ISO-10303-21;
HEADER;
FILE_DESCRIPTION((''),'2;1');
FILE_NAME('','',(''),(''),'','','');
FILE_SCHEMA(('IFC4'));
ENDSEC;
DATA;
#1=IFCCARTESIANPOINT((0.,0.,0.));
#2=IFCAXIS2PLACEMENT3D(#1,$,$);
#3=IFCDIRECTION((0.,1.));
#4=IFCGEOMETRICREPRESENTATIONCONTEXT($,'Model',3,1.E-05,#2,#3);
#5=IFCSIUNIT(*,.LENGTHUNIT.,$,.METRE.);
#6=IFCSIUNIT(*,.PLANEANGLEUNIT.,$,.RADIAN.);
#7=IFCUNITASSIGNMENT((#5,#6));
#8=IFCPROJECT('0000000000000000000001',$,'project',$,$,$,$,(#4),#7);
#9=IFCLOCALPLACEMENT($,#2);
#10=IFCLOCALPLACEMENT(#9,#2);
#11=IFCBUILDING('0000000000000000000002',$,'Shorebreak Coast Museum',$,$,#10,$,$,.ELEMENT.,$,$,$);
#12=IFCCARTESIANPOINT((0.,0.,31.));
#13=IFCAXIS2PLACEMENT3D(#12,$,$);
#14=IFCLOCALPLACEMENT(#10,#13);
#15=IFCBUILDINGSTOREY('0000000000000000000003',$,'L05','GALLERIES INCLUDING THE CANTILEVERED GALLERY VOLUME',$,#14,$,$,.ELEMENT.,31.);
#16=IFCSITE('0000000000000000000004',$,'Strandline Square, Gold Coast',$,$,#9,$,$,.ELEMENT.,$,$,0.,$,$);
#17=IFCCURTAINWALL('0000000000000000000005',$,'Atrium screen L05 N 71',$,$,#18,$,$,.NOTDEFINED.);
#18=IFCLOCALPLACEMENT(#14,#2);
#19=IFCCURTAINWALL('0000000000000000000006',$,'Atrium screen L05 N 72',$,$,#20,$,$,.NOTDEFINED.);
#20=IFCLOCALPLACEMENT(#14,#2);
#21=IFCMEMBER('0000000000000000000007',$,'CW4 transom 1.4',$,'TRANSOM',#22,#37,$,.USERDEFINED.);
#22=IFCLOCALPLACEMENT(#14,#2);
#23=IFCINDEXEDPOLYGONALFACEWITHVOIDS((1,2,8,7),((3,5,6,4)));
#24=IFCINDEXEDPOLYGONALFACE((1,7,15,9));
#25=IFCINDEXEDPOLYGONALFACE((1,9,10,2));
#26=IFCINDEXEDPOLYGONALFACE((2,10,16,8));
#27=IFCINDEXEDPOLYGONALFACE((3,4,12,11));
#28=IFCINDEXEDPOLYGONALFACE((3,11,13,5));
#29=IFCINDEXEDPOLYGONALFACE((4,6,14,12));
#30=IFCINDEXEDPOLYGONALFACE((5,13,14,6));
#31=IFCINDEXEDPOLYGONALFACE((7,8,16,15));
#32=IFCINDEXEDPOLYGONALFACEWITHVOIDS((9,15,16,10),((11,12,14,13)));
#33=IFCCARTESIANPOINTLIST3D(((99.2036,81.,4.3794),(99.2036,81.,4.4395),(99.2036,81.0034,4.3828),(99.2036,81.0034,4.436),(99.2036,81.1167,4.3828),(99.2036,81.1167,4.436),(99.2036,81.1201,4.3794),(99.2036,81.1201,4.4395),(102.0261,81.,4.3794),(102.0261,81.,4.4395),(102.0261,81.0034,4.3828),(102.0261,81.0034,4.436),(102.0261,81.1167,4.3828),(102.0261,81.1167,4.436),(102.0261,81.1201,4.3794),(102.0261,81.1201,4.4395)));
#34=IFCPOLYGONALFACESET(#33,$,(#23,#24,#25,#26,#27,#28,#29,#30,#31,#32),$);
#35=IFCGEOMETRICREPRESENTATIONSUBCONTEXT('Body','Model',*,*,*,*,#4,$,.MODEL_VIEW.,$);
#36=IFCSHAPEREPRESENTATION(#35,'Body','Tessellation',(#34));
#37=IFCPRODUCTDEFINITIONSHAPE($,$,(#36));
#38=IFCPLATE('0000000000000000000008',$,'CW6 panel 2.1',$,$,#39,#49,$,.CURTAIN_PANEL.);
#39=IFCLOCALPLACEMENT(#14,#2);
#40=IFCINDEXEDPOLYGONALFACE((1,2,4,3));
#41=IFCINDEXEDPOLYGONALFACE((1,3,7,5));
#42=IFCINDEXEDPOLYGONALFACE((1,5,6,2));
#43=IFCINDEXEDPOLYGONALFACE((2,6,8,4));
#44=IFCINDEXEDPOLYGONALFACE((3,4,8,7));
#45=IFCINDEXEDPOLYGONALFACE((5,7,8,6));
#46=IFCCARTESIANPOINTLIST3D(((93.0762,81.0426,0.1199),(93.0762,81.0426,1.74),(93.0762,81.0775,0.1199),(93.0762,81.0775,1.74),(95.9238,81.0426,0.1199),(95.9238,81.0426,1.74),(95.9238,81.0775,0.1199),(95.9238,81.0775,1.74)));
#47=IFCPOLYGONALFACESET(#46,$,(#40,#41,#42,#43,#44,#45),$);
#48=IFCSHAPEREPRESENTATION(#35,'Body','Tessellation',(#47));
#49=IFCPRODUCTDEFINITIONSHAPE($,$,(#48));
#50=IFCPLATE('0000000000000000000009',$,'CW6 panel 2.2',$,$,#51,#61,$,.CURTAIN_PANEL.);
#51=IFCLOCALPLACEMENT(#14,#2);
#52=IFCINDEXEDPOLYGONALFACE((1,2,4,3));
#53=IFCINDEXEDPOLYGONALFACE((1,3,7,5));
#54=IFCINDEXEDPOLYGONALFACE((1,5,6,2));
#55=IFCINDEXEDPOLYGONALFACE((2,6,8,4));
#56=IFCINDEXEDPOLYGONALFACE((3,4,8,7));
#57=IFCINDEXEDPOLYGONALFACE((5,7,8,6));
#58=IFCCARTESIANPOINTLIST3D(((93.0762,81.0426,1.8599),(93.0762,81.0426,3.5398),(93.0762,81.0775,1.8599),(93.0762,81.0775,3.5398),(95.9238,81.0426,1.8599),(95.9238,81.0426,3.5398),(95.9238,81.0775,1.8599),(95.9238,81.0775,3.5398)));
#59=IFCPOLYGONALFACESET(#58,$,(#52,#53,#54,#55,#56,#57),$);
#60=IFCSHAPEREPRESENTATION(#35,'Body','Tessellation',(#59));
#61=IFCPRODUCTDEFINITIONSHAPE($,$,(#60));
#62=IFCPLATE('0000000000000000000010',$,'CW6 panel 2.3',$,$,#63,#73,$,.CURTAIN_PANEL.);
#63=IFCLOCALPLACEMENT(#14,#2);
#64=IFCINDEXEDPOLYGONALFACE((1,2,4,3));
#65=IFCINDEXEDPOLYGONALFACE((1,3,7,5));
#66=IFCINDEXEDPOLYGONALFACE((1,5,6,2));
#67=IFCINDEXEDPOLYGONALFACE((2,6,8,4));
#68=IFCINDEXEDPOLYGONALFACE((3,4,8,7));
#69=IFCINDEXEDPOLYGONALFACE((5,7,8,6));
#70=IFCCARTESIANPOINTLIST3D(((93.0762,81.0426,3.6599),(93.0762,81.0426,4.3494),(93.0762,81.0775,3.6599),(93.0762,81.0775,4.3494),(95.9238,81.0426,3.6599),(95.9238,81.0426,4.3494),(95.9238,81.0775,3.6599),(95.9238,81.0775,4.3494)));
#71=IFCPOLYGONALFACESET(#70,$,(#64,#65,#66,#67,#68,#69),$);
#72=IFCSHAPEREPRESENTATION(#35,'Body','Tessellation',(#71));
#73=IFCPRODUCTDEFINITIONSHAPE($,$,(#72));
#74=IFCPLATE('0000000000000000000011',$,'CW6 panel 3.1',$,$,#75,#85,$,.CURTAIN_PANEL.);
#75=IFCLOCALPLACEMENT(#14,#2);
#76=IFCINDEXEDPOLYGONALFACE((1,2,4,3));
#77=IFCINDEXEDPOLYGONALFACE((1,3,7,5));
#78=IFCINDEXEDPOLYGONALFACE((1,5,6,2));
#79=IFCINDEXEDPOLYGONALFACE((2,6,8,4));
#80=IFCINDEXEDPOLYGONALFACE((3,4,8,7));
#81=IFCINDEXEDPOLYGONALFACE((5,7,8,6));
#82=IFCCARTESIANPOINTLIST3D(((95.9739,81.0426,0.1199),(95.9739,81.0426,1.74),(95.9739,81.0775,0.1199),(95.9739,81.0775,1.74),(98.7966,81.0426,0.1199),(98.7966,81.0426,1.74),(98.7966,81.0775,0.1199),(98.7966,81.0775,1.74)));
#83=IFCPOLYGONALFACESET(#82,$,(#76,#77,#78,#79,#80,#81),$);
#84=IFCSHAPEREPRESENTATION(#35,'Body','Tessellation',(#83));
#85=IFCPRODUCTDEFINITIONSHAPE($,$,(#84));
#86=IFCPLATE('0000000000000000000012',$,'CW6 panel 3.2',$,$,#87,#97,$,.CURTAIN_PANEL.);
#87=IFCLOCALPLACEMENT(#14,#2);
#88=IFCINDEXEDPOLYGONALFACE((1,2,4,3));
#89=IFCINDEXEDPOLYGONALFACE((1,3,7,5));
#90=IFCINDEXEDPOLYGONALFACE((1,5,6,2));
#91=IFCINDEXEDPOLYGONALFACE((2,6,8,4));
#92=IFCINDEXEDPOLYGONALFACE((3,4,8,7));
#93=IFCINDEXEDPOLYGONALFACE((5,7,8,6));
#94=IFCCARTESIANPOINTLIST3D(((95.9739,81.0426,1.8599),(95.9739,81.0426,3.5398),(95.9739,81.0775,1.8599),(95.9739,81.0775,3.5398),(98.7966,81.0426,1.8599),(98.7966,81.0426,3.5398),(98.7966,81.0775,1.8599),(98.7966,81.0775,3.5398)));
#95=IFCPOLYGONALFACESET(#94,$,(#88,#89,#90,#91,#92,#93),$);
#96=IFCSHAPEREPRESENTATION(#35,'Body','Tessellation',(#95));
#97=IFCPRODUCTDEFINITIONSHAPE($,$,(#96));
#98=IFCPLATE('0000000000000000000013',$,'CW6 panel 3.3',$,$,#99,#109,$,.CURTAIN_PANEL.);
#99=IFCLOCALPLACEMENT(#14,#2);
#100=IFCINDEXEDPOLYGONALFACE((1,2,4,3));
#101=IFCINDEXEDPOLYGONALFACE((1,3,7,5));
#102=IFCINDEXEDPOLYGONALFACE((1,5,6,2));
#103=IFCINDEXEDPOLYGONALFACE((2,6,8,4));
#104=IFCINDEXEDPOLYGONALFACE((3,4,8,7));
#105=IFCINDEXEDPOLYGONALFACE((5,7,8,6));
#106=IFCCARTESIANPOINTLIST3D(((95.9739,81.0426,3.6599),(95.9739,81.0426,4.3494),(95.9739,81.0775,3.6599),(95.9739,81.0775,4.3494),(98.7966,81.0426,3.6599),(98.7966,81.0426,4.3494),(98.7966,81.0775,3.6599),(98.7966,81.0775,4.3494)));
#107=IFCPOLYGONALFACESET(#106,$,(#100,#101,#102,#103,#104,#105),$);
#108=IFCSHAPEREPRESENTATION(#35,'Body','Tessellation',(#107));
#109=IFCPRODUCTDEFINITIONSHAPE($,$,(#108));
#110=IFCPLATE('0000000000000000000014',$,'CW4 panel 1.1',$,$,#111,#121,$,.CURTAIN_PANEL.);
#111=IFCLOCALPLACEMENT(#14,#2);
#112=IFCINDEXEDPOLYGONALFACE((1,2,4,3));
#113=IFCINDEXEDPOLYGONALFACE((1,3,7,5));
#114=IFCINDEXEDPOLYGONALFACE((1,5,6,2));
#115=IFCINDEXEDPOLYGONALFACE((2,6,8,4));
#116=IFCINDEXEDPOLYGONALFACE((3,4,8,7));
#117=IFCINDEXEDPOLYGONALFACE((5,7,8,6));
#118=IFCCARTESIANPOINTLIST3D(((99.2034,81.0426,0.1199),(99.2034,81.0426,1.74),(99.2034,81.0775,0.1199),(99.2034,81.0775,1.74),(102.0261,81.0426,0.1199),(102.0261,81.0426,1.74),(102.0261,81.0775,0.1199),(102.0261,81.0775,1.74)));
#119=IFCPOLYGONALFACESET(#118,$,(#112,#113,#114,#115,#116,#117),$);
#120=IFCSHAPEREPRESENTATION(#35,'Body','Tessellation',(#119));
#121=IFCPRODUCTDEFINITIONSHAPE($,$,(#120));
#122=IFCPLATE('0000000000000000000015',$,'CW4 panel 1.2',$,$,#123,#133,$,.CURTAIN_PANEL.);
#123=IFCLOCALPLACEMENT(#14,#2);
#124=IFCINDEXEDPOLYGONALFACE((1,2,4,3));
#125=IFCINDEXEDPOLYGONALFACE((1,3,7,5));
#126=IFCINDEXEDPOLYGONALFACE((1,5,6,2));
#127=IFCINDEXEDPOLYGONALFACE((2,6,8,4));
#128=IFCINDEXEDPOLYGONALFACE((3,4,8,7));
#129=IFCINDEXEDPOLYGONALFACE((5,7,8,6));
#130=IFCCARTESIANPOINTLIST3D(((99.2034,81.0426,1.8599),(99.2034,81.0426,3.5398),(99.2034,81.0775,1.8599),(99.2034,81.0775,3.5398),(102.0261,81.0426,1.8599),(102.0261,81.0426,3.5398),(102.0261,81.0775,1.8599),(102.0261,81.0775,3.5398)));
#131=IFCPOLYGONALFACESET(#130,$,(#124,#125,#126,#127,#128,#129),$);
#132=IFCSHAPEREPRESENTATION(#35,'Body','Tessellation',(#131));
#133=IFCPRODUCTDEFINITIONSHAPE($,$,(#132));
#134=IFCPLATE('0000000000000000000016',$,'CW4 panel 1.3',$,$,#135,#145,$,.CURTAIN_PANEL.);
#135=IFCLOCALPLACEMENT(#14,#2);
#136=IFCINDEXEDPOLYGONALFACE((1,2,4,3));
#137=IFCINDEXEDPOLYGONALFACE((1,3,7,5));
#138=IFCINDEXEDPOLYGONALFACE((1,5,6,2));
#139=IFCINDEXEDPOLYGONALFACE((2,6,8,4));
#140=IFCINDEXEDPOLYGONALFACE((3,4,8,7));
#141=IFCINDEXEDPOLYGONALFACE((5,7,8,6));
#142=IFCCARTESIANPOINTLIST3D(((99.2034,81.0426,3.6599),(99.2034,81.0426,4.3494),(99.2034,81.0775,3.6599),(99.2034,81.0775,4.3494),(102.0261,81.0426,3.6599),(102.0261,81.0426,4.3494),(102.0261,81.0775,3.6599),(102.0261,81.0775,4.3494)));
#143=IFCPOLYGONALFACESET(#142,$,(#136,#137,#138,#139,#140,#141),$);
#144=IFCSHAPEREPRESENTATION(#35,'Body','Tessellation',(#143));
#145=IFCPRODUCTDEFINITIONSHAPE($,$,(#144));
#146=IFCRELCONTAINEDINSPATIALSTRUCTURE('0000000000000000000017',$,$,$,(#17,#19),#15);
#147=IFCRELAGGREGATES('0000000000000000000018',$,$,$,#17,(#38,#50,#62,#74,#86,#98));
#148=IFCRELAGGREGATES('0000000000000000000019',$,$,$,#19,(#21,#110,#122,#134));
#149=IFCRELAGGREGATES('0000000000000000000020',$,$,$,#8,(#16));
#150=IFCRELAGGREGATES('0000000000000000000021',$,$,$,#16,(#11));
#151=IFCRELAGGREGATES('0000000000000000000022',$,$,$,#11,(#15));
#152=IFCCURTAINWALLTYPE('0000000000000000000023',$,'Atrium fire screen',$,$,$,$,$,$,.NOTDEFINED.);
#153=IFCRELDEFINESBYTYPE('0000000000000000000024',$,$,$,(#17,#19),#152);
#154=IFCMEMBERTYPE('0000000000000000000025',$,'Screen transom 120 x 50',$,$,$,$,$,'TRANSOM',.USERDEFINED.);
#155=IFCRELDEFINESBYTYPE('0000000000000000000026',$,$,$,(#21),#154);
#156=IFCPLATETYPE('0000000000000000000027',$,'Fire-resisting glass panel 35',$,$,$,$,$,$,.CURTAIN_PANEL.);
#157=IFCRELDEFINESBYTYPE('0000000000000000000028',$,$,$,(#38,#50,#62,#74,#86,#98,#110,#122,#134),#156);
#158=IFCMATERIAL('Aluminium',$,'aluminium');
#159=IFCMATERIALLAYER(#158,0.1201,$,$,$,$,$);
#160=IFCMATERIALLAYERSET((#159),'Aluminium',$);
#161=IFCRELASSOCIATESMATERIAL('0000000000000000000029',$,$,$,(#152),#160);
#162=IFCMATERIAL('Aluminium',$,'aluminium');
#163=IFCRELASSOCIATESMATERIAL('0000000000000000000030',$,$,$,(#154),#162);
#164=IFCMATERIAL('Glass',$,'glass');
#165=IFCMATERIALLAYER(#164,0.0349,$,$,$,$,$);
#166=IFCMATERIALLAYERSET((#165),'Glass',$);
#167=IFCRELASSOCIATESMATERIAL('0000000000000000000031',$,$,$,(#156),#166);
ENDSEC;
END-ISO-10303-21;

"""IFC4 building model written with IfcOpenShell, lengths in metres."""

from ifc_helpers import new_model, si_unit, direction, frame, origin, origin_2d, place, context, subcontext, project, spatial, rectangle, hollow_rectangle, extrude, material, layer, layer_set, material_profile, profile_set, type_object, element, aggregate, save


model = new_model("IFC4")

# Units and contexts
model_context = context("Model", 3, precision=1e-05, world=origin(), true_north=direction((0.0, 1.0)))
body_context = subcontext(model_context, "Body", "Model", "MODEL_VIEW")
ifc_project = project(units=[si_unit("LENGTHUNIT", "METRE"), si_unit("PLANEANGLEUNIT", "RADIAN")], contexts=[model_context])

# Site, building, storey
site_placement = place(None, origin())
site = spatial("IfcSite", under=ifc_project, at=site_placement, Name="Strandline Square, Gold Coast", CompositionType="ELEMENT", RefElevation=0.0)
building_placement = place(site_placement, origin())
building = spatial("IfcBuilding", under=site, at=building_placement, Name="Shorebreak Coast Museum", CompositionType="ELEMENT")
storey_placement = place(building_placement, frame((0.0, 0.0, 31.0)))
storey = spatial("IfcBuildingStorey", under=building, at=storey_placement, Name="L05", Description="GALLERIES INCLUDING THE CANTILEVERED GALLERY VOLUME", CompositionType="ELEMENT", Elevation=31.0)

# Curtain walls
ifc_material_1 = material(Name="Aluminium", Category="aluminium")
ifc_layer_1 = layer(ifc_material_1, 0.1201)
ifc_layer_set_1 = layer_set([ifc_layer_1], Name="Aluminium")
curtain_wall_type = type_object("IfcCurtainWallType", Name="Atrium fire screen", PredefinedType="NOTDEFINED", material=ifc_layer_set_1)
curtain_wall_1_placement = place(storey_placement, origin())
curtain_wall_1 = element("IfcCurtainWall", 1, at=curtain_wall_1_placement, inside=storey, type_object=curtain_wall_type, Name="Atrium screen L05 N 71", PredefinedType="NOTDEFINED")
curtain_wall_2_placement = place(storey_placement, origin())
curtain_wall_2 = element("IfcCurtainWall", 2, at=curtain_wall_2_placement, inside=storey, type_object=curtain_wall_type, Name="Atrium screen L05 N 72", PredefinedType="NOTDEFINED")

# Member
ifc_material_2 = material(Name="Aluminium", Category="aluminium")
ifc_material_profile_1 = material_profile(ifc_material_2, hollow_rectangle(XDim=0.1201, YDim=0.0601, WallThickness=0.0034, at=origin_2d()), Name="AL 60x120 RHS")
ifc_profile_set_1 = profile_set([ifc_material_profile_1], Name="Aluminium")
member_type_1 = type_object("IfcMemberType", Name="Screen transom 120 x 50", ElementType="TRANSOM", PredefinedType="USERDEFINED", material=ifc_profile_set_1)
member_1_placement = place(storey_placement, frame((99.2036, 81.0601, 4.4094), z_axis=(1.0, 0.0, 0.0), x_axis=(0.0, 1.0, 0.0)))
member_1 = element("IfcMember", 3, at=member_1_placement, type_object=member_type_1, Name="CW4 transom 1.4", ObjectType="TRANSOM", PredefinedType="USERDEFINED", context=body_context, shape_type="SweptSolid", body=[
    extrude(hollow_rectangle(XDim=0.1201, YDim=0.0601, WallThickness=0.0034, at=origin_2d()), origin(), (0.0, 0.0, 1.0), 2.8225),
])

# Plates
ifc_material_3 = material(Name="Glass", Category="glass")
ifc_layer_2 = layer(ifc_material_3, 0.0349)
ifc_layer_set_2 = layer_set([ifc_layer_2], Name="Glass")
plate_type = type_object("IfcPlateType", Name="Fire-resisting glass panel 35", PredefinedType="CURTAIN_PANEL", material=ifc_layer_set_2)
plate_1_placement = place(storey_placement, frame((94.5, 81.0601, 0.1199), z_axis=(0.0, 0.0, 1.0), x_axis=(1.0, 0.0, 0.0)))
plate_1 = element("IfcPlate", 4, at=plate_1_placement, type_object=plate_type, Name="CW6 panel 2.1", PredefinedType="CURTAIN_PANEL", context=body_context, shape_type="SweptSolid", body=[
    extrude(rectangle(XDim=2.8477, YDim=0.0349, at=origin_2d()), origin(), (0.0, 0.0, 1.0), 1.6201),
])
plate_2_placement = place(storey_placement, frame((94.5, 81.0601, 1.8599), z_axis=(0.0, 0.0, 1.0), x_axis=(1.0, 0.0, 0.0)))
plate_2 = element("IfcPlate", 5, at=plate_2_placement, type_object=plate_type, Name="CW6 panel 2.2", PredefinedType="CURTAIN_PANEL", context=body_context, shape_type="SweptSolid", body=[
    extrude(rectangle(XDim=2.8477, YDim=0.0349, at=origin_2d()), origin(), (0.0, 0.0, 1.0), 1.6799),
])
plate_3_placement = place(storey_placement, frame((94.5, 81.0601, 3.6599), z_axis=(0.0, 0.0, 1.0), x_axis=(1.0, 0.0, 0.0)))
plate_3 = element("IfcPlate", 6, at=plate_3_placement, type_object=plate_type, Name="CW6 panel 2.3", PredefinedType="CURTAIN_PANEL", context=body_context, shape_type="SweptSolid", body=[
    extrude(rectangle(XDim=2.8477, YDim=0.0349, at=origin_2d()), origin(), (0.0, 0.0, 1.0), 0.6895),
])
plate_4_placement = place(storey_placement, frame((97.3853, 81.0601, 0.1199), z_axis=(0.0, 0.0, 1.0), x_axis=(1.0, 0.0, 0.0)))
plate_4 = element("IfcPlate", 7, at=plate_4_placement, type_object=plate_type, Name="CW6 panel 3.1", PredefinedType="CURTAIN_PANEL", context=body_context, shape_type="SweptSolid", body=[
    extrude(rectangle(XDim=2.8228, YDim=0.0349, at=origin_2d()), origin(), (0.0, 0.0, 1.0), 1.6201),
])
plate_5_placement = place(storey_placement, frame((97.3853, 81.0601, 1.8599), z_axis=(0.0, 0.0, 1.0), x_axis=(1.0, 0.0, 0.0)))
plate_5 = element("IfcPlate", 8, at=plate_5_placement, type_object=plate_type, Name="CW6 panel 3.2", PredefinedType="CURTAIN_PANEL", context=body_context, shape_type="SweptSolid", body=[
    extrude(rectangle(XDim=2.8228, YDim=0.0349, at=origin_2d()), origin(), (0.0, 0.0, 1.0), 1.6799),
])
plate_6_placement = place(storey_placement, frame((97.3853, 81.0601, 3.6599), z_axis=(0.0, 0.0, 1.0), x_axis=(1.0, 0.0, 0.0)))
plate_6 = element("IfcPlate", 9, at=plate_6_placement, type_object=plate_type, Name="CW6 panel 3.3", PredefinedType="CURTAIN_PANEL", context=body_context, shape_type="SweptSolid", body=[
    extrude(rectangle(XDim=2.8228, YDim=0.0349, at=origin_2d()), origin(), (0.0, 0.0, 1.0), 0.6895),
])
aggregate(curtain_wall_1, [plate_1, plate_2, plate_3, plate_4, plate_5, plate_6])
plate_7_placement = place(storey_placement, frame((100.6147, 81.0601, 0.1199), z_axis=(0.0, 0.0, 1.0), x_axis=(1.0, 0.0, 0.0)))
plate_7 = element("IfcPlate", 10, at=plate_7_placement, type_object=plate_type, Name="CW4 panel 1.1", PredefinedType="CURTAIN_PANEL", context=body_context, shape_type="SweptSolid", body=[
    extrude(rectangle(XDim=2.8228, YDim=0.0349, at=origin_2d()), origin(), (0.0, 0.0, 1.0), 1.6201),
])
plate_8_placement = place(storey_placement, frame((100.6147, 81.0601, 1.8599), z_axis=(0.0, 0.0, 1.0), x_axis=(1.0, 0.0, 0.0)))
plate_8 = element("IfcPlate", 11, at=plate_8_placement, type_object=plate_type, Name="CW4 panel 1.2", PredefinedType="CURTAIN_PANEL", context=body_context, shape_type="SweptSolid", body=[
    extrude(rectangle(XDim=2.8228, YDim=0.0349, at=origin_2d()), origin(), (0.0, 0.0, 1.0), 1.6799),
])
plate_9_placement = place(storey_placement, frame((100.6147, 81.0601, 3.6599), z_axis=(0.0, 0.0, 1.0), x_axis=(1.0, 0.0, 0.0)))
plate_9 = element("IfcPlate", 12, at=plate_9_placement, type_object=plate_type, Name="CW4 panel 1.3", PredefinedType="CURTAIN_PANEL", context=body_context, shape_type="SweptSolid", body=[
    extrude(rectangle(XDim=2.8228, YDim=0.0349, at=origin_2d()), origin(), (0.0, 0.0, 1.0), 0.6895),
])
aggregate(curtain_wall_2, [member_1, plate_7, plate_8, plate_9])

save(model, "model.ifc")
